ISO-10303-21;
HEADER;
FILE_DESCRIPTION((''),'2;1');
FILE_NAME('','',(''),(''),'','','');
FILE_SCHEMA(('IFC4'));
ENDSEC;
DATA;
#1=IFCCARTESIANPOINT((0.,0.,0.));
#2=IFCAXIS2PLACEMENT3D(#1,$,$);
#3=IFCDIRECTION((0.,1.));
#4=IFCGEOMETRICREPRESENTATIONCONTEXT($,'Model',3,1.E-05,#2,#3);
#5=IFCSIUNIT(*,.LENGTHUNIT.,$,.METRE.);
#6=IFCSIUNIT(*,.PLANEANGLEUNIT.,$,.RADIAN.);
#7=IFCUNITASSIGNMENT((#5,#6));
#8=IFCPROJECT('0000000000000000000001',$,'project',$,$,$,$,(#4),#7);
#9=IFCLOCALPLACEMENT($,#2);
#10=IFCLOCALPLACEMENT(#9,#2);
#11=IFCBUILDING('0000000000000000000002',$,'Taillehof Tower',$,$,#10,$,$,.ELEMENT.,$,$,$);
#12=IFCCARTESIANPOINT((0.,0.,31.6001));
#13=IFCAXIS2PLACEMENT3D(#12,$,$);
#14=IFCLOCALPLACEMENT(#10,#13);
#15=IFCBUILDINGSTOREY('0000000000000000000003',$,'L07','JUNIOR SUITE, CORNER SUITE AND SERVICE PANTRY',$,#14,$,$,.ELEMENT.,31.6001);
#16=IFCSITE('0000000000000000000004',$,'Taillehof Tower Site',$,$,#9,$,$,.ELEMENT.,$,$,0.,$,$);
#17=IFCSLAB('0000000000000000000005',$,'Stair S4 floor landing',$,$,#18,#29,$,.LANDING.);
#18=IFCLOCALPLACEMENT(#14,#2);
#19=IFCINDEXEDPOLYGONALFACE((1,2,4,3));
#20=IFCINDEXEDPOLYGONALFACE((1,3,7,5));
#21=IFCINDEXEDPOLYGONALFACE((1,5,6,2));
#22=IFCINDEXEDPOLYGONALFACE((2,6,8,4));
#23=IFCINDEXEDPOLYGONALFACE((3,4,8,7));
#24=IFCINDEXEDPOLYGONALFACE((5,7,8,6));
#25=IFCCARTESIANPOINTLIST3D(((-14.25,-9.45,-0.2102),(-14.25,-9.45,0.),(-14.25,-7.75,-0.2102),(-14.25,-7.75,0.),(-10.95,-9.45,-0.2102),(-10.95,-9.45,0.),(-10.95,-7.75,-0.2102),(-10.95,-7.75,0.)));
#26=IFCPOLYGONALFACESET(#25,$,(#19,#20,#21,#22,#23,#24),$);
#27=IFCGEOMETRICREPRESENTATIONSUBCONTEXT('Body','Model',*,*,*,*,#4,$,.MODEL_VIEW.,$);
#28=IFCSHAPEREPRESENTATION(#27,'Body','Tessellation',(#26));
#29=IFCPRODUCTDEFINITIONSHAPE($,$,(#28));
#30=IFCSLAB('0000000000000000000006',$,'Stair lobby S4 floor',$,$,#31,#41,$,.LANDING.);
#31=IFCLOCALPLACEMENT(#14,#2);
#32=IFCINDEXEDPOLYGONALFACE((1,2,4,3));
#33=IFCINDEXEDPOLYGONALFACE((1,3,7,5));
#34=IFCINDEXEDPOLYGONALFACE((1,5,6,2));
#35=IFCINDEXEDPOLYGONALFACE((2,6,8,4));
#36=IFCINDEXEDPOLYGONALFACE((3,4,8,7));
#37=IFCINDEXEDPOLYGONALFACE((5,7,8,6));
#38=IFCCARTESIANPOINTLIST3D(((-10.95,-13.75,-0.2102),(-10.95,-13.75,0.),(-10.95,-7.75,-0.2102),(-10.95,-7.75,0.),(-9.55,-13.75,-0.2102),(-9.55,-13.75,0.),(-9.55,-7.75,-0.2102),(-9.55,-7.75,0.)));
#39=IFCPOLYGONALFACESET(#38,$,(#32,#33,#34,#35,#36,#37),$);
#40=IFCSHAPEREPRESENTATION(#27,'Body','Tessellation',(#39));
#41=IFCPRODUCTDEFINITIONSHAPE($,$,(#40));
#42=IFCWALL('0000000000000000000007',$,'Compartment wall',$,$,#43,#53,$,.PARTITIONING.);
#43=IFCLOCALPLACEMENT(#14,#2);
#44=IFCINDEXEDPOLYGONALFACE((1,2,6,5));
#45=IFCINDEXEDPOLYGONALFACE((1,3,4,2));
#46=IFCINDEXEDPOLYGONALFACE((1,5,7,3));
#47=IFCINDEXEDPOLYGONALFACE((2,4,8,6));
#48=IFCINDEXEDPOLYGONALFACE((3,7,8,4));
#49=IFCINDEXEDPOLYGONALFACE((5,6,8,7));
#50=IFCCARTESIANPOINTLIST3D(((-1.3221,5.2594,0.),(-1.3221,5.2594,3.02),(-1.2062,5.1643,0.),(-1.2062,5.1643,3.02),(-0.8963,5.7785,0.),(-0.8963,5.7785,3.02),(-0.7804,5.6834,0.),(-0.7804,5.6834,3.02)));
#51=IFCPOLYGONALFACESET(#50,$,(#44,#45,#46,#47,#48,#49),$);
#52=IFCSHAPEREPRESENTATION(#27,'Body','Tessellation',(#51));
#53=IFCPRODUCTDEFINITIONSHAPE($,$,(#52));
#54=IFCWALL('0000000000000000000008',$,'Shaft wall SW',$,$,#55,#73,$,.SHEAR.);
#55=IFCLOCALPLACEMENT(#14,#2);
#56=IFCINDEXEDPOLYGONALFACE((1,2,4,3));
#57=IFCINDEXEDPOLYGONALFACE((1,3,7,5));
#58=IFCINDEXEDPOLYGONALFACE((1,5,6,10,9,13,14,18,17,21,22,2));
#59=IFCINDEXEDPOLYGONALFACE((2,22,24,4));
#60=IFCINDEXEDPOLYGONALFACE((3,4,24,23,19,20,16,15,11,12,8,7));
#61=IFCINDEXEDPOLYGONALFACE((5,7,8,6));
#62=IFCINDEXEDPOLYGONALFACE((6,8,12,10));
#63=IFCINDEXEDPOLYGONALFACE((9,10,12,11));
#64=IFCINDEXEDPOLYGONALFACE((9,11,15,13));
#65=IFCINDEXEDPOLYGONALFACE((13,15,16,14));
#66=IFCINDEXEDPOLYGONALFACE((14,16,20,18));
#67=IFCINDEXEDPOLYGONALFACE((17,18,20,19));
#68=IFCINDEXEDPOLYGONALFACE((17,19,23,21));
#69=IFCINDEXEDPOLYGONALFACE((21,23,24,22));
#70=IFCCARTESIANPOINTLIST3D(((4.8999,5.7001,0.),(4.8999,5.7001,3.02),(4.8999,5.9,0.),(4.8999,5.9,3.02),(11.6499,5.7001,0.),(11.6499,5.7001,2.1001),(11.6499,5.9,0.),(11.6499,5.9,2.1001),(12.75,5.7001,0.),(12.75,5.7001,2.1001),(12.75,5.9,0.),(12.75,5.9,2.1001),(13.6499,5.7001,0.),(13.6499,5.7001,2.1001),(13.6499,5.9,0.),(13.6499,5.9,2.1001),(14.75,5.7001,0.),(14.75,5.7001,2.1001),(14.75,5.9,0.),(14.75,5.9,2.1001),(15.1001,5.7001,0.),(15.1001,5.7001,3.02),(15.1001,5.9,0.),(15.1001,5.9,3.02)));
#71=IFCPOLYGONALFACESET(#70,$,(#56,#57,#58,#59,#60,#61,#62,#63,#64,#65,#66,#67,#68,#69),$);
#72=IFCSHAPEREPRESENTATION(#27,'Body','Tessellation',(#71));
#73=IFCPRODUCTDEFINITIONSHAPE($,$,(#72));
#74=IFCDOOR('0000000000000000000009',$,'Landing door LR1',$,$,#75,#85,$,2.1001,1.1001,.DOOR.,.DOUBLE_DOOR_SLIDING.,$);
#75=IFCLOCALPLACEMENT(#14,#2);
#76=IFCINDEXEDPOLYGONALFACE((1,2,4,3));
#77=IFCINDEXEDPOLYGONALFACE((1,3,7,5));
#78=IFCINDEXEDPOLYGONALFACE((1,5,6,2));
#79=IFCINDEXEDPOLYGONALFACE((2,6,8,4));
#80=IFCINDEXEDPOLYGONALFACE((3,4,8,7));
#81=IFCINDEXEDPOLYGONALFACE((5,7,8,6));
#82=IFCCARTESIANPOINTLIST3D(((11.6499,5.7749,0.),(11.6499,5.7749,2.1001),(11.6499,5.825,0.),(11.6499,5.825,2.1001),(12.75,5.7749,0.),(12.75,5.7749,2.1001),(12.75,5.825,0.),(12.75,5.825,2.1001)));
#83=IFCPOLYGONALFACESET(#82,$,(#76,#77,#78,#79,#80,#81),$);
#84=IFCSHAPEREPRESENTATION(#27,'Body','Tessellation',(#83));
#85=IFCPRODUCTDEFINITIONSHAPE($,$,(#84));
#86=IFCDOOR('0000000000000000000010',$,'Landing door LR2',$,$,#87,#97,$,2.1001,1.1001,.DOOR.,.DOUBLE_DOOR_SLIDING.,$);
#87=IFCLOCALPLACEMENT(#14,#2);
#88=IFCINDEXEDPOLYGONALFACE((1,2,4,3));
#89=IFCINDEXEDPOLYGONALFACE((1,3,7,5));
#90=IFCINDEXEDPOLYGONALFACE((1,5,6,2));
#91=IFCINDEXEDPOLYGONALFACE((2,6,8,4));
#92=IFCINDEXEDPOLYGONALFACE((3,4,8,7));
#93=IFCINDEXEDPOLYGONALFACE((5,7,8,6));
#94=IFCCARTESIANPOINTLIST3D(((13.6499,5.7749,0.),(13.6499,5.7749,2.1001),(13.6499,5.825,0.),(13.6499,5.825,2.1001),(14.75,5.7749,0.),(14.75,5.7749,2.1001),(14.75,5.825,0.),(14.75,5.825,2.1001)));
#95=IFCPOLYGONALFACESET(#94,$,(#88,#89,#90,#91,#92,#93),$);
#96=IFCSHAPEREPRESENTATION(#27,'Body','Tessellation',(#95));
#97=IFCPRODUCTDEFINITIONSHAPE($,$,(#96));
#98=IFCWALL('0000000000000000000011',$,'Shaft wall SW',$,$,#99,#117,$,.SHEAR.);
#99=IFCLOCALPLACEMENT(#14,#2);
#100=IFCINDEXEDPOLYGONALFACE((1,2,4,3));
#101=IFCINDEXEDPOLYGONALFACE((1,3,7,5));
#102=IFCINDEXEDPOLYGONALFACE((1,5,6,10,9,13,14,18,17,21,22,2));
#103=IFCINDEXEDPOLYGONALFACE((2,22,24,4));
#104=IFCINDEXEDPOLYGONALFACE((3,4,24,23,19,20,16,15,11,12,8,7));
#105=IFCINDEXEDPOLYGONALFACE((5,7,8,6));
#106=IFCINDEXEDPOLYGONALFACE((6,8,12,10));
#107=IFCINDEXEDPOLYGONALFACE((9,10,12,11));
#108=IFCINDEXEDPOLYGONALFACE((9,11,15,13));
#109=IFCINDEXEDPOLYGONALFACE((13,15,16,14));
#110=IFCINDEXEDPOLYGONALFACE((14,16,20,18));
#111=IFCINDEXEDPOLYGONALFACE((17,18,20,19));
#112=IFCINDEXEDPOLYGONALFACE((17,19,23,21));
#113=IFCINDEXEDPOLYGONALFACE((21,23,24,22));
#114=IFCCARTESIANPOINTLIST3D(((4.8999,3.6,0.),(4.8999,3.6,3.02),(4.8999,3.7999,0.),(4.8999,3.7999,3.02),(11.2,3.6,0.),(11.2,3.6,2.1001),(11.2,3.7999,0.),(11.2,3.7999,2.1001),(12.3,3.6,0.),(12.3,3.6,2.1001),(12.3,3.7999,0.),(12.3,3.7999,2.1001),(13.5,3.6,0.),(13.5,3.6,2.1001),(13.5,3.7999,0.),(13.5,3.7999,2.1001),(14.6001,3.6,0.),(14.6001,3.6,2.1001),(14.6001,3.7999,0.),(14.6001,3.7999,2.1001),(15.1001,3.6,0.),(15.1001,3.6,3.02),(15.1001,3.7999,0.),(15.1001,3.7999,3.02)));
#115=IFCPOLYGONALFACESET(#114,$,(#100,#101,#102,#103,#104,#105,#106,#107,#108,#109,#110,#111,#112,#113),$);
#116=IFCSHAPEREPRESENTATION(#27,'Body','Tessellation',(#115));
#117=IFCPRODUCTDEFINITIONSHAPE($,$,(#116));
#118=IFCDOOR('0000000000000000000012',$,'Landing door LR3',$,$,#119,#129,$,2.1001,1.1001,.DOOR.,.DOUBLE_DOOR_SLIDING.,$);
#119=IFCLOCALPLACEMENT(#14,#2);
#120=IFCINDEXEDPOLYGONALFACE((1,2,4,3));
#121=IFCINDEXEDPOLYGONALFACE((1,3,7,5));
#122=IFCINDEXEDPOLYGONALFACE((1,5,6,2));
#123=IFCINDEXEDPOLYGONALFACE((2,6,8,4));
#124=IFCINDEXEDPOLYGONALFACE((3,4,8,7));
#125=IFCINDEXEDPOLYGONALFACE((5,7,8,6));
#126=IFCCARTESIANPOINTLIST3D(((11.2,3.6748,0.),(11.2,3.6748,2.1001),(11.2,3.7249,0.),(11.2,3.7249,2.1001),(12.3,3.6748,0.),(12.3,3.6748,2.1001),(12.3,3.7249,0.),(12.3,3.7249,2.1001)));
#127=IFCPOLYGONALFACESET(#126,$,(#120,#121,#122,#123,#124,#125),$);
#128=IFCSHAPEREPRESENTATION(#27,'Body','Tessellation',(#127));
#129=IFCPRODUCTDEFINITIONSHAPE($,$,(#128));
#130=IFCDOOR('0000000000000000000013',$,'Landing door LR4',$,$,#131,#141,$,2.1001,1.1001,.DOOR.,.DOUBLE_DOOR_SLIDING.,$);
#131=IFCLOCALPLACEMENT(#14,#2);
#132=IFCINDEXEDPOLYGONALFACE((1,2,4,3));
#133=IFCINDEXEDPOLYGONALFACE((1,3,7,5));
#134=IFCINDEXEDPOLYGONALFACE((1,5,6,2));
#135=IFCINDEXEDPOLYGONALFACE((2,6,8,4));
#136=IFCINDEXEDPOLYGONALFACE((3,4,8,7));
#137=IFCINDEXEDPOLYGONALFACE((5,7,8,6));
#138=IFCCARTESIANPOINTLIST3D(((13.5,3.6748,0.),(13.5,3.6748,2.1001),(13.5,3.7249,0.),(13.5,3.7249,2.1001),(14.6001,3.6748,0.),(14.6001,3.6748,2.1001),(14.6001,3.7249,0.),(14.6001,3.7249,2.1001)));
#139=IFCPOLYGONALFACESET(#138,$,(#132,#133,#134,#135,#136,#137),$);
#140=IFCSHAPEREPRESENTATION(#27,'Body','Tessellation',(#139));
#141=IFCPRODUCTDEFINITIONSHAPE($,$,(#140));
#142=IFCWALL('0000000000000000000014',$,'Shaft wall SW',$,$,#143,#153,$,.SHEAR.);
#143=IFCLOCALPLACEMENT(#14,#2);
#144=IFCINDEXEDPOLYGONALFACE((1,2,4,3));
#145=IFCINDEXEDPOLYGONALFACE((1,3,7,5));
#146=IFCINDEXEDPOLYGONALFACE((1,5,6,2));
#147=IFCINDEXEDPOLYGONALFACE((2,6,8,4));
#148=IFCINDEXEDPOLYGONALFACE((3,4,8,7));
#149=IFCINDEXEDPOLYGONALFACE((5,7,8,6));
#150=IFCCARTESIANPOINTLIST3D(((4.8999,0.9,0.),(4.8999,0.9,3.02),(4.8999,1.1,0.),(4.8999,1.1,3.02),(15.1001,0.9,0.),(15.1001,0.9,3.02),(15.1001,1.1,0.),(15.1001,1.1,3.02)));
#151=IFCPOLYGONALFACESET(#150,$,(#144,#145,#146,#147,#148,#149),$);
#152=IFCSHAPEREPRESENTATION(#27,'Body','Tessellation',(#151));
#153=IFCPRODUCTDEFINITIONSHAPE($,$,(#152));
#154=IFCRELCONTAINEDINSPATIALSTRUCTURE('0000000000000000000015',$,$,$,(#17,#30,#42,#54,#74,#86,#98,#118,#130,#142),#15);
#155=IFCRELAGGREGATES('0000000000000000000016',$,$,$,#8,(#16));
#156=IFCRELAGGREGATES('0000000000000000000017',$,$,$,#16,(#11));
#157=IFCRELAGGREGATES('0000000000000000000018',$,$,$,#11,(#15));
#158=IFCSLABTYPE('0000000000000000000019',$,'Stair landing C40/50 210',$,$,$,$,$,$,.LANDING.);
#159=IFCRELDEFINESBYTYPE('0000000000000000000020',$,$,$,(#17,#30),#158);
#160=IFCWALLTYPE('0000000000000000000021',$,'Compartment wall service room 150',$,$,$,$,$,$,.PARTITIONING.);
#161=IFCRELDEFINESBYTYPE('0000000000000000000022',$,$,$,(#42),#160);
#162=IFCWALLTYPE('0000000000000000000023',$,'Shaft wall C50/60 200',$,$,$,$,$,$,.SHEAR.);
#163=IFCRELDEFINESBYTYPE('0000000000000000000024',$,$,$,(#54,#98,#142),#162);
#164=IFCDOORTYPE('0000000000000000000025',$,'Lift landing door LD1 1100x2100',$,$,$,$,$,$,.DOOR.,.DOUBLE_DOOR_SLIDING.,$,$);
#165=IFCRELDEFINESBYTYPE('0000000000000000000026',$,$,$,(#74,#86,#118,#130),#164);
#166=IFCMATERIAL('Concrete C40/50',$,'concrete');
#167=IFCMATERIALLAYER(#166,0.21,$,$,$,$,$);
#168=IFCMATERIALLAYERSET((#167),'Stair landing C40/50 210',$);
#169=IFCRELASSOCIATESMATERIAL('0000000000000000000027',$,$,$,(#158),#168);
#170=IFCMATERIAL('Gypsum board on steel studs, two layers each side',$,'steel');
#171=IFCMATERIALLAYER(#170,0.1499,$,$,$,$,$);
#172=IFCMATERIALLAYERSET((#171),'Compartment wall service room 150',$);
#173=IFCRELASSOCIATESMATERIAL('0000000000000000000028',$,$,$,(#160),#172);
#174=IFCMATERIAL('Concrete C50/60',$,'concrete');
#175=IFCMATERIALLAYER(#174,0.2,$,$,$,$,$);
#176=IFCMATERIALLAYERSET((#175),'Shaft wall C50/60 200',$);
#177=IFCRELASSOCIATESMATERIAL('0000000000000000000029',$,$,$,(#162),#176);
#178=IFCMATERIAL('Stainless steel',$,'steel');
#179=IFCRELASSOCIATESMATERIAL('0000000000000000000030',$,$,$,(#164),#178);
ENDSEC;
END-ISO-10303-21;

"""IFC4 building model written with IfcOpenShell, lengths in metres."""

from ifc_helpers import new_model, si_unit, direction, frame, frame_2d, origin, place, context, subcontext, project, spatial, polyline, rectangle, outline, extrude, material, layer, layer_set, type_object, element, fill, save


model = new_model("IFC4")

# Units and contexts
model_context = context("Model", 3, precision=1e-05, world=origin(), true_north=direction((0.0, 1.0)))
body_context = subcontext(model_context, "Body", "Model", "MODEL_VIEW")
ifc_project = project(units=[si_unit("LENGTHUNIT", "METRE"), si_unit("PLANEANGLEUNIT", "RADIAN")], contexts=[model_context])

# Site, building, storey
site_placement = place(None, origin())
site = spatial("IfcSite", under=ifc_project, at=site_placement, Name="Taillehof Tower Site", CompositionType="ELEMENT", RefElevation=0.0)
building_placement = place(site_placement, origin())
building = spatial("IfcBuilding", under=site, at=building_placement, Name="Taillehof Tower", CompositionType="ELEMENT")
storey_placement = place(building_placement, frame((0.0, 0.0, 31.6001)))
storey = spatial("IfcBuildingStorey", under=building, at=storey_placement, Name="L07", Description="JUNIOR SUITE, CORNER SUITE AND SERVICE PANTRY", CompositionType="ELEMENT", Elevation=31.6001)

# Shared definitions
ifc_material_1 = material(Name="Concrete C40/50", Category="concrete")
ifc_layer_1 = layer(ifc_material_1, 0.21)
ifc_layer_set_1 = layer_set([ifc_layer_1], Name="Stair landing C40/50 210")
slab_type_1 = type_object("IfcSlabType", Name="Stair landing C40/50 210", PredefinedType="LANDING", material=ifc_layer_set_1)

# Slabs
slab_1_placement = place(storey_placement, frame((0.0, 0.0, -0.2102)))
element("IfcSlab", 1, at=slab_1_placement, inside=storey, type_object=slab_type_1, Name="Stair S4 floor landing", PredefinedType="LANDING", context=body_context, shape_type="SweptSolid", body=[
    extrude(outline(polyline([(-14.25, -7.75), (-14.25, -9.45), (-10.95, -9.45), (-10.95, -7.75), (-14.25, -7.75)])), origin(), (0.0, 0.0, 1.0), 0.2102),
])
slab_2_placement = place(storey_placement, frame((0.0, 0.0, -0.2102)))
element("IfcSlab", 2, at=slab_2_placement, inside=storey, type_object=slab_type_1, Name="Stair lobby S4 floor", PredefinedType="LANDING", context=body_context, shape_type="SweptSolid", body=[
    extrude(outline(polyline([(-10.95, -13.75), (-9.55, -13.75), (-9.55, -7.75), (-10.95, -7.75), (-10.95, -13.75)])), origin(), (0.0, 0.0, 1.0), 0.2102),
])

# Wall
ifc_material_2 = material(Name="Gypsum board on steel studs, two layers each side", Category="steel")
ifc_layer_2 = layer(ifc_material_2, 0.1499)
ifc_layer_set_2 = layer_set([ifc_layer_2], Name="Compartment wall service room 150")
wall_type_1 = type_object("IfcWallType", Name="Compartment wall service room 150", PredefinedType="PARTITIONING", material=ifc_layer_set_2)
wall_1_placement = place(storey_placement, frame((-0.8384, 5.731, 0.0), z_axis=(0.0, 0.0, 1.0), x_axis=(-0.634227, -0.773147, 0.0)))
element("IfcWall", 3, at=wall_1_placement, inside=storey, type_object=wall_type_1, Name="Compartment wall", PredefinedType="PARTITIONING", context=body_context, shape_type="SweptSolid", body=[
    extrude(rectangle(XDim=0.6714, YDim=0.1499, at=frame_2d((0.3357, 0.0))), origin(), (0.0, 0.0, 1.0), 3.02),
])

# Walls, openings, doors
ifc_material_3 = material(Name="Concrete C50/60", Category="concrete")
ifc_layer_3 = layer(ifc_material_3, 0.2)
ifc_layer_set_3 = layer_set([ifc_layer_3], Name="Shaft wall C50/60 200")
wall_type_2 = type_object("IfcWallType", Name="Shaft wall C50/60 200", PredefinedType="SHEAR", material=ifc_layer_set_3)
wall_2_placement = place(storey_placement, frame((4.8999, 5.8, 0.0), z_axis=(0.0, 0.0, 1.0), x_axis=(1.0, 0.0, 0.0)))
wall_2 = element("IfcWall", 4, at=wall_2_placement, inside=storey, type_object=wall_type_2, Name="Shaft wall SW", PredefinedType="SHEAR", context=body_context, shape_type="SweptSolid", body=[
    extrude(rectangle(XDim=10.2002, YDim=0.2, at=frame_2d((5.1001, 0.0))), origin(), (0.0, 0.0, 1.0), 3.02),
])
opening_1_placement = place(wall_2_placement, frame((6.75, 0.0, 0.0)))
opening_1 = element("IfcOpeningElement", 5, at=opening_1_placement, cuts=wall_2, PredefinedType="OPENING", context=body_context, shape_type="SweptSolid", body=[
    extrude(rectangle(XDim=1.1001, YDim=2.1001, at=frame_2d((0.55, 1.05))), frame((0.0, 0.1099, 0.0), z_axis=(0.0, -1.0, 0.0), x_axis=(1.0, 0.0, 0.0)), (0.0, 0.0, 1.0), 0.22),
])
opening_2_placement = place(wall_2_placement, frame((8.75, 0.0, 0.0)))
opening_2 = element("IfcOpeningElement", 6, at=opening_2_placement, cuts=wall_2, PredefinedType="OPENING", context=body_context, shape_type="SweptSolid", body=[
    extrude(rectangle(XDim=1.1001, YDim=2.1001, at=frame_2d((0.55, 1.05))), frame((0.0, 0.1099, 0.0), z_axis=(0.0, -1.0, 0.0), x_axis=(1.0, 0.0, 0.0)), (0.0, 0.0, 1.0), 0.22),
])
ifc_material_4 = material(Name="Stainless steel", Category="steel")
door_type_1 = type_object("IfcDoorType", Name="Lift landing door LD1 1100x2100", OperationType="DOUBLE_DOOR_SLIDING", PredefinedType="DOOR", material=ifc_material_4)
door_1_placement = place(opening_1_placement, origin())
door_1 = element("IfcDoor", 7, at=door_1_placement, inside=storey, type_object=door_type_1, Name="Landing door LR1", OperationType="DOUBLE_DOOR_SLIDING", OverallHeight=2.1001, OverallWidth=1.1001, PredefinedType="DOOR", context=body_context, shape_type="SweptSolid", body=[
    extrude(rectangle(XDim=1.1001, YDim=2.1001, at=frame_2d((0.55, 1.05))), frame((0.0, 0.0249, 0.0), z_axis=(0.0, -1.0, 0.0), x_axis=(1.0, 0.0, 0.0)), (0.0, 0.0, 1.0), 0.05),
])
fill(opening_1, door_1)
door_2_placement = place(opening_2_placement, origin())
door_2 = element("IfcDoor", 8, at=door_2_placement, inside=storey, type_object=door_type_1, Name="Landing door LR2", OperationType="DOUBLE_DOOR_SLIDING", OverallHeight=2.1001, OverallWidth=1.1001, PredefinedType="DOOR", context=body_context, shape_type="SweptSolid", body=[
    extrude(rectangle(XDim=1.1001, YDim=2.1001, at=frame_2d((0.55, 1.05))), frame((0.0, 0.0249, 0.0), z_axis=(0.0, -1.0, 0.0), x_axis=(1.0, 0.0, 0.0)), (0.0, 0.0, 1.0), 0.05),
])
fill(opening_2, door_2)
wall_3_placement = place(storey_placement, frame((4.8999, 3.7, 0.0), z_axis=(0.0, 0.0, 1.0), x_axis=(1.0, 0.0, 0.0)))
wall_3 = element("IfcWall", 9, at=wall_3_placement, inside=storey, type_object=wall_type_2, Name="Shaft wall SW", PredefinedType="SHEAR", context=body_context, shape_type="SweptSolid", body=[
    extrude(rectangle(XDim=10.2002, YDim=0.2, at=frame_2d((5.1001, 0.0))), origin(), (0.0, 0.0, 1.0), 3.02),
])
opening_3_placement = place(wall_3_placement, frame((6.3, 0.0, 0.0)))
opening_3 = element("IfcOpeningElement", 10, at=opening_3_placement, cuts=wall_3, PredefinedType="OPENING", context=body_context, shape_type="SweptSolid", body=[
    extrude(rectangle(XDim=1.1001, YDim=2.1001, at=frame_2d((0.55, 1.05))), frame((0.0, 0.1099, 0.0), z_axis=(0.0, -1.0, 0.0), x_axis=(1.0, 0.0, 0.0)), (0.0, 0.0, 1.0), 0.22),
])
opening_4_placement = place(wall_3_placement, frame((8.6001, 0.0, 0.0)))
opening_4 = element("IfcOpeningElement", 11, at=opening_4_placement, cuts=wall_3, PredefinedType="OPENING", context=body_context, shape_type="SweptSolid", body=[
    extrude(rectangle(XDim=1.1001, YDim=2.1001, at=frame_2d((0.55, 1.05))), frame((0.0, 0.1099, 0.0), z_axis=(0.0, -1.0, 0.0), x_axis=(1.0, 0.0, 0.0)), (0.0, 0.0, 1.0), 0.22),
])
door_3_placement = place(opening_3_placement, origin())
door_3 = element("IfcDoor", 12, at=door_3_placement, inside=storey, type_object=door_type_1, Name="Landing door LR3", OperationType="DOUBLE_DOOR_SLIDING", OverallHeight=2.1001, OverallWidth=1.1001, PredefinedType="DOOR", context=body_context, shape_type="SweptSolid", body=[
    extrude(rectangle(XDim=1.1001, YDim=2.1001, at=frame_2d((0.55, 1.05))), frame((0.0, 0.0249, 0.0), z_axis=(0.0, -1.0, 0.0), x_axis=(1.0, 0.0, 0.0)), (0.0, 0.0, 1.0), 0.05),
])
fill(opening_3, door_3)
door_4_placement = place(opening_4_placement, origin())
door_4 = element("IfcDoor", 13, at=door_4_placement, inside=storey, type_object=door_type_1, Name="Landing door LR4", OperationType="DOUBLE_DOOR_SLIDING", OverallHeight=2.1001, OverallWidth=1.1001, PredefinedType="DOOR", context=body_context, shape_type="SweptSolid", body=[
    extrude(rectangle(XDim=1.1001, YDim=2.1001, at=frame_2d((0.55, 1.05))), frame((0.0, 0.0249, 0.0), z_axis=(0.0, -1.0, 0.0), x_axis=(1.0, 0.0, 0.0)), (0.0, 0.0, 1.0), 0.05),
])
fill(opening_4, door_4)

# Wall
wall_4_placement = place(storey_placement, frame((4.8999, 1.0, 0.0), z_axis=(0.0, 0.0, 1.0), x_axis=(1.0, 0.0, 0.0)))
element("IfcWall", 14, at=wall_4_placement, inside=storey, type_object=wall_type_2, Name="Shaft wall SW", PredefinedType="SHEAR", context=body_context, shape_type="SweptSolid", body=[
    extrude(rectangle(XDim=10.2002, YDim=0.2, at=frame_2d((5.1001, 0.0))), origin(), (0.0, 0.0, 1.0), 3.02),
])

save(model, "model.ifc")
